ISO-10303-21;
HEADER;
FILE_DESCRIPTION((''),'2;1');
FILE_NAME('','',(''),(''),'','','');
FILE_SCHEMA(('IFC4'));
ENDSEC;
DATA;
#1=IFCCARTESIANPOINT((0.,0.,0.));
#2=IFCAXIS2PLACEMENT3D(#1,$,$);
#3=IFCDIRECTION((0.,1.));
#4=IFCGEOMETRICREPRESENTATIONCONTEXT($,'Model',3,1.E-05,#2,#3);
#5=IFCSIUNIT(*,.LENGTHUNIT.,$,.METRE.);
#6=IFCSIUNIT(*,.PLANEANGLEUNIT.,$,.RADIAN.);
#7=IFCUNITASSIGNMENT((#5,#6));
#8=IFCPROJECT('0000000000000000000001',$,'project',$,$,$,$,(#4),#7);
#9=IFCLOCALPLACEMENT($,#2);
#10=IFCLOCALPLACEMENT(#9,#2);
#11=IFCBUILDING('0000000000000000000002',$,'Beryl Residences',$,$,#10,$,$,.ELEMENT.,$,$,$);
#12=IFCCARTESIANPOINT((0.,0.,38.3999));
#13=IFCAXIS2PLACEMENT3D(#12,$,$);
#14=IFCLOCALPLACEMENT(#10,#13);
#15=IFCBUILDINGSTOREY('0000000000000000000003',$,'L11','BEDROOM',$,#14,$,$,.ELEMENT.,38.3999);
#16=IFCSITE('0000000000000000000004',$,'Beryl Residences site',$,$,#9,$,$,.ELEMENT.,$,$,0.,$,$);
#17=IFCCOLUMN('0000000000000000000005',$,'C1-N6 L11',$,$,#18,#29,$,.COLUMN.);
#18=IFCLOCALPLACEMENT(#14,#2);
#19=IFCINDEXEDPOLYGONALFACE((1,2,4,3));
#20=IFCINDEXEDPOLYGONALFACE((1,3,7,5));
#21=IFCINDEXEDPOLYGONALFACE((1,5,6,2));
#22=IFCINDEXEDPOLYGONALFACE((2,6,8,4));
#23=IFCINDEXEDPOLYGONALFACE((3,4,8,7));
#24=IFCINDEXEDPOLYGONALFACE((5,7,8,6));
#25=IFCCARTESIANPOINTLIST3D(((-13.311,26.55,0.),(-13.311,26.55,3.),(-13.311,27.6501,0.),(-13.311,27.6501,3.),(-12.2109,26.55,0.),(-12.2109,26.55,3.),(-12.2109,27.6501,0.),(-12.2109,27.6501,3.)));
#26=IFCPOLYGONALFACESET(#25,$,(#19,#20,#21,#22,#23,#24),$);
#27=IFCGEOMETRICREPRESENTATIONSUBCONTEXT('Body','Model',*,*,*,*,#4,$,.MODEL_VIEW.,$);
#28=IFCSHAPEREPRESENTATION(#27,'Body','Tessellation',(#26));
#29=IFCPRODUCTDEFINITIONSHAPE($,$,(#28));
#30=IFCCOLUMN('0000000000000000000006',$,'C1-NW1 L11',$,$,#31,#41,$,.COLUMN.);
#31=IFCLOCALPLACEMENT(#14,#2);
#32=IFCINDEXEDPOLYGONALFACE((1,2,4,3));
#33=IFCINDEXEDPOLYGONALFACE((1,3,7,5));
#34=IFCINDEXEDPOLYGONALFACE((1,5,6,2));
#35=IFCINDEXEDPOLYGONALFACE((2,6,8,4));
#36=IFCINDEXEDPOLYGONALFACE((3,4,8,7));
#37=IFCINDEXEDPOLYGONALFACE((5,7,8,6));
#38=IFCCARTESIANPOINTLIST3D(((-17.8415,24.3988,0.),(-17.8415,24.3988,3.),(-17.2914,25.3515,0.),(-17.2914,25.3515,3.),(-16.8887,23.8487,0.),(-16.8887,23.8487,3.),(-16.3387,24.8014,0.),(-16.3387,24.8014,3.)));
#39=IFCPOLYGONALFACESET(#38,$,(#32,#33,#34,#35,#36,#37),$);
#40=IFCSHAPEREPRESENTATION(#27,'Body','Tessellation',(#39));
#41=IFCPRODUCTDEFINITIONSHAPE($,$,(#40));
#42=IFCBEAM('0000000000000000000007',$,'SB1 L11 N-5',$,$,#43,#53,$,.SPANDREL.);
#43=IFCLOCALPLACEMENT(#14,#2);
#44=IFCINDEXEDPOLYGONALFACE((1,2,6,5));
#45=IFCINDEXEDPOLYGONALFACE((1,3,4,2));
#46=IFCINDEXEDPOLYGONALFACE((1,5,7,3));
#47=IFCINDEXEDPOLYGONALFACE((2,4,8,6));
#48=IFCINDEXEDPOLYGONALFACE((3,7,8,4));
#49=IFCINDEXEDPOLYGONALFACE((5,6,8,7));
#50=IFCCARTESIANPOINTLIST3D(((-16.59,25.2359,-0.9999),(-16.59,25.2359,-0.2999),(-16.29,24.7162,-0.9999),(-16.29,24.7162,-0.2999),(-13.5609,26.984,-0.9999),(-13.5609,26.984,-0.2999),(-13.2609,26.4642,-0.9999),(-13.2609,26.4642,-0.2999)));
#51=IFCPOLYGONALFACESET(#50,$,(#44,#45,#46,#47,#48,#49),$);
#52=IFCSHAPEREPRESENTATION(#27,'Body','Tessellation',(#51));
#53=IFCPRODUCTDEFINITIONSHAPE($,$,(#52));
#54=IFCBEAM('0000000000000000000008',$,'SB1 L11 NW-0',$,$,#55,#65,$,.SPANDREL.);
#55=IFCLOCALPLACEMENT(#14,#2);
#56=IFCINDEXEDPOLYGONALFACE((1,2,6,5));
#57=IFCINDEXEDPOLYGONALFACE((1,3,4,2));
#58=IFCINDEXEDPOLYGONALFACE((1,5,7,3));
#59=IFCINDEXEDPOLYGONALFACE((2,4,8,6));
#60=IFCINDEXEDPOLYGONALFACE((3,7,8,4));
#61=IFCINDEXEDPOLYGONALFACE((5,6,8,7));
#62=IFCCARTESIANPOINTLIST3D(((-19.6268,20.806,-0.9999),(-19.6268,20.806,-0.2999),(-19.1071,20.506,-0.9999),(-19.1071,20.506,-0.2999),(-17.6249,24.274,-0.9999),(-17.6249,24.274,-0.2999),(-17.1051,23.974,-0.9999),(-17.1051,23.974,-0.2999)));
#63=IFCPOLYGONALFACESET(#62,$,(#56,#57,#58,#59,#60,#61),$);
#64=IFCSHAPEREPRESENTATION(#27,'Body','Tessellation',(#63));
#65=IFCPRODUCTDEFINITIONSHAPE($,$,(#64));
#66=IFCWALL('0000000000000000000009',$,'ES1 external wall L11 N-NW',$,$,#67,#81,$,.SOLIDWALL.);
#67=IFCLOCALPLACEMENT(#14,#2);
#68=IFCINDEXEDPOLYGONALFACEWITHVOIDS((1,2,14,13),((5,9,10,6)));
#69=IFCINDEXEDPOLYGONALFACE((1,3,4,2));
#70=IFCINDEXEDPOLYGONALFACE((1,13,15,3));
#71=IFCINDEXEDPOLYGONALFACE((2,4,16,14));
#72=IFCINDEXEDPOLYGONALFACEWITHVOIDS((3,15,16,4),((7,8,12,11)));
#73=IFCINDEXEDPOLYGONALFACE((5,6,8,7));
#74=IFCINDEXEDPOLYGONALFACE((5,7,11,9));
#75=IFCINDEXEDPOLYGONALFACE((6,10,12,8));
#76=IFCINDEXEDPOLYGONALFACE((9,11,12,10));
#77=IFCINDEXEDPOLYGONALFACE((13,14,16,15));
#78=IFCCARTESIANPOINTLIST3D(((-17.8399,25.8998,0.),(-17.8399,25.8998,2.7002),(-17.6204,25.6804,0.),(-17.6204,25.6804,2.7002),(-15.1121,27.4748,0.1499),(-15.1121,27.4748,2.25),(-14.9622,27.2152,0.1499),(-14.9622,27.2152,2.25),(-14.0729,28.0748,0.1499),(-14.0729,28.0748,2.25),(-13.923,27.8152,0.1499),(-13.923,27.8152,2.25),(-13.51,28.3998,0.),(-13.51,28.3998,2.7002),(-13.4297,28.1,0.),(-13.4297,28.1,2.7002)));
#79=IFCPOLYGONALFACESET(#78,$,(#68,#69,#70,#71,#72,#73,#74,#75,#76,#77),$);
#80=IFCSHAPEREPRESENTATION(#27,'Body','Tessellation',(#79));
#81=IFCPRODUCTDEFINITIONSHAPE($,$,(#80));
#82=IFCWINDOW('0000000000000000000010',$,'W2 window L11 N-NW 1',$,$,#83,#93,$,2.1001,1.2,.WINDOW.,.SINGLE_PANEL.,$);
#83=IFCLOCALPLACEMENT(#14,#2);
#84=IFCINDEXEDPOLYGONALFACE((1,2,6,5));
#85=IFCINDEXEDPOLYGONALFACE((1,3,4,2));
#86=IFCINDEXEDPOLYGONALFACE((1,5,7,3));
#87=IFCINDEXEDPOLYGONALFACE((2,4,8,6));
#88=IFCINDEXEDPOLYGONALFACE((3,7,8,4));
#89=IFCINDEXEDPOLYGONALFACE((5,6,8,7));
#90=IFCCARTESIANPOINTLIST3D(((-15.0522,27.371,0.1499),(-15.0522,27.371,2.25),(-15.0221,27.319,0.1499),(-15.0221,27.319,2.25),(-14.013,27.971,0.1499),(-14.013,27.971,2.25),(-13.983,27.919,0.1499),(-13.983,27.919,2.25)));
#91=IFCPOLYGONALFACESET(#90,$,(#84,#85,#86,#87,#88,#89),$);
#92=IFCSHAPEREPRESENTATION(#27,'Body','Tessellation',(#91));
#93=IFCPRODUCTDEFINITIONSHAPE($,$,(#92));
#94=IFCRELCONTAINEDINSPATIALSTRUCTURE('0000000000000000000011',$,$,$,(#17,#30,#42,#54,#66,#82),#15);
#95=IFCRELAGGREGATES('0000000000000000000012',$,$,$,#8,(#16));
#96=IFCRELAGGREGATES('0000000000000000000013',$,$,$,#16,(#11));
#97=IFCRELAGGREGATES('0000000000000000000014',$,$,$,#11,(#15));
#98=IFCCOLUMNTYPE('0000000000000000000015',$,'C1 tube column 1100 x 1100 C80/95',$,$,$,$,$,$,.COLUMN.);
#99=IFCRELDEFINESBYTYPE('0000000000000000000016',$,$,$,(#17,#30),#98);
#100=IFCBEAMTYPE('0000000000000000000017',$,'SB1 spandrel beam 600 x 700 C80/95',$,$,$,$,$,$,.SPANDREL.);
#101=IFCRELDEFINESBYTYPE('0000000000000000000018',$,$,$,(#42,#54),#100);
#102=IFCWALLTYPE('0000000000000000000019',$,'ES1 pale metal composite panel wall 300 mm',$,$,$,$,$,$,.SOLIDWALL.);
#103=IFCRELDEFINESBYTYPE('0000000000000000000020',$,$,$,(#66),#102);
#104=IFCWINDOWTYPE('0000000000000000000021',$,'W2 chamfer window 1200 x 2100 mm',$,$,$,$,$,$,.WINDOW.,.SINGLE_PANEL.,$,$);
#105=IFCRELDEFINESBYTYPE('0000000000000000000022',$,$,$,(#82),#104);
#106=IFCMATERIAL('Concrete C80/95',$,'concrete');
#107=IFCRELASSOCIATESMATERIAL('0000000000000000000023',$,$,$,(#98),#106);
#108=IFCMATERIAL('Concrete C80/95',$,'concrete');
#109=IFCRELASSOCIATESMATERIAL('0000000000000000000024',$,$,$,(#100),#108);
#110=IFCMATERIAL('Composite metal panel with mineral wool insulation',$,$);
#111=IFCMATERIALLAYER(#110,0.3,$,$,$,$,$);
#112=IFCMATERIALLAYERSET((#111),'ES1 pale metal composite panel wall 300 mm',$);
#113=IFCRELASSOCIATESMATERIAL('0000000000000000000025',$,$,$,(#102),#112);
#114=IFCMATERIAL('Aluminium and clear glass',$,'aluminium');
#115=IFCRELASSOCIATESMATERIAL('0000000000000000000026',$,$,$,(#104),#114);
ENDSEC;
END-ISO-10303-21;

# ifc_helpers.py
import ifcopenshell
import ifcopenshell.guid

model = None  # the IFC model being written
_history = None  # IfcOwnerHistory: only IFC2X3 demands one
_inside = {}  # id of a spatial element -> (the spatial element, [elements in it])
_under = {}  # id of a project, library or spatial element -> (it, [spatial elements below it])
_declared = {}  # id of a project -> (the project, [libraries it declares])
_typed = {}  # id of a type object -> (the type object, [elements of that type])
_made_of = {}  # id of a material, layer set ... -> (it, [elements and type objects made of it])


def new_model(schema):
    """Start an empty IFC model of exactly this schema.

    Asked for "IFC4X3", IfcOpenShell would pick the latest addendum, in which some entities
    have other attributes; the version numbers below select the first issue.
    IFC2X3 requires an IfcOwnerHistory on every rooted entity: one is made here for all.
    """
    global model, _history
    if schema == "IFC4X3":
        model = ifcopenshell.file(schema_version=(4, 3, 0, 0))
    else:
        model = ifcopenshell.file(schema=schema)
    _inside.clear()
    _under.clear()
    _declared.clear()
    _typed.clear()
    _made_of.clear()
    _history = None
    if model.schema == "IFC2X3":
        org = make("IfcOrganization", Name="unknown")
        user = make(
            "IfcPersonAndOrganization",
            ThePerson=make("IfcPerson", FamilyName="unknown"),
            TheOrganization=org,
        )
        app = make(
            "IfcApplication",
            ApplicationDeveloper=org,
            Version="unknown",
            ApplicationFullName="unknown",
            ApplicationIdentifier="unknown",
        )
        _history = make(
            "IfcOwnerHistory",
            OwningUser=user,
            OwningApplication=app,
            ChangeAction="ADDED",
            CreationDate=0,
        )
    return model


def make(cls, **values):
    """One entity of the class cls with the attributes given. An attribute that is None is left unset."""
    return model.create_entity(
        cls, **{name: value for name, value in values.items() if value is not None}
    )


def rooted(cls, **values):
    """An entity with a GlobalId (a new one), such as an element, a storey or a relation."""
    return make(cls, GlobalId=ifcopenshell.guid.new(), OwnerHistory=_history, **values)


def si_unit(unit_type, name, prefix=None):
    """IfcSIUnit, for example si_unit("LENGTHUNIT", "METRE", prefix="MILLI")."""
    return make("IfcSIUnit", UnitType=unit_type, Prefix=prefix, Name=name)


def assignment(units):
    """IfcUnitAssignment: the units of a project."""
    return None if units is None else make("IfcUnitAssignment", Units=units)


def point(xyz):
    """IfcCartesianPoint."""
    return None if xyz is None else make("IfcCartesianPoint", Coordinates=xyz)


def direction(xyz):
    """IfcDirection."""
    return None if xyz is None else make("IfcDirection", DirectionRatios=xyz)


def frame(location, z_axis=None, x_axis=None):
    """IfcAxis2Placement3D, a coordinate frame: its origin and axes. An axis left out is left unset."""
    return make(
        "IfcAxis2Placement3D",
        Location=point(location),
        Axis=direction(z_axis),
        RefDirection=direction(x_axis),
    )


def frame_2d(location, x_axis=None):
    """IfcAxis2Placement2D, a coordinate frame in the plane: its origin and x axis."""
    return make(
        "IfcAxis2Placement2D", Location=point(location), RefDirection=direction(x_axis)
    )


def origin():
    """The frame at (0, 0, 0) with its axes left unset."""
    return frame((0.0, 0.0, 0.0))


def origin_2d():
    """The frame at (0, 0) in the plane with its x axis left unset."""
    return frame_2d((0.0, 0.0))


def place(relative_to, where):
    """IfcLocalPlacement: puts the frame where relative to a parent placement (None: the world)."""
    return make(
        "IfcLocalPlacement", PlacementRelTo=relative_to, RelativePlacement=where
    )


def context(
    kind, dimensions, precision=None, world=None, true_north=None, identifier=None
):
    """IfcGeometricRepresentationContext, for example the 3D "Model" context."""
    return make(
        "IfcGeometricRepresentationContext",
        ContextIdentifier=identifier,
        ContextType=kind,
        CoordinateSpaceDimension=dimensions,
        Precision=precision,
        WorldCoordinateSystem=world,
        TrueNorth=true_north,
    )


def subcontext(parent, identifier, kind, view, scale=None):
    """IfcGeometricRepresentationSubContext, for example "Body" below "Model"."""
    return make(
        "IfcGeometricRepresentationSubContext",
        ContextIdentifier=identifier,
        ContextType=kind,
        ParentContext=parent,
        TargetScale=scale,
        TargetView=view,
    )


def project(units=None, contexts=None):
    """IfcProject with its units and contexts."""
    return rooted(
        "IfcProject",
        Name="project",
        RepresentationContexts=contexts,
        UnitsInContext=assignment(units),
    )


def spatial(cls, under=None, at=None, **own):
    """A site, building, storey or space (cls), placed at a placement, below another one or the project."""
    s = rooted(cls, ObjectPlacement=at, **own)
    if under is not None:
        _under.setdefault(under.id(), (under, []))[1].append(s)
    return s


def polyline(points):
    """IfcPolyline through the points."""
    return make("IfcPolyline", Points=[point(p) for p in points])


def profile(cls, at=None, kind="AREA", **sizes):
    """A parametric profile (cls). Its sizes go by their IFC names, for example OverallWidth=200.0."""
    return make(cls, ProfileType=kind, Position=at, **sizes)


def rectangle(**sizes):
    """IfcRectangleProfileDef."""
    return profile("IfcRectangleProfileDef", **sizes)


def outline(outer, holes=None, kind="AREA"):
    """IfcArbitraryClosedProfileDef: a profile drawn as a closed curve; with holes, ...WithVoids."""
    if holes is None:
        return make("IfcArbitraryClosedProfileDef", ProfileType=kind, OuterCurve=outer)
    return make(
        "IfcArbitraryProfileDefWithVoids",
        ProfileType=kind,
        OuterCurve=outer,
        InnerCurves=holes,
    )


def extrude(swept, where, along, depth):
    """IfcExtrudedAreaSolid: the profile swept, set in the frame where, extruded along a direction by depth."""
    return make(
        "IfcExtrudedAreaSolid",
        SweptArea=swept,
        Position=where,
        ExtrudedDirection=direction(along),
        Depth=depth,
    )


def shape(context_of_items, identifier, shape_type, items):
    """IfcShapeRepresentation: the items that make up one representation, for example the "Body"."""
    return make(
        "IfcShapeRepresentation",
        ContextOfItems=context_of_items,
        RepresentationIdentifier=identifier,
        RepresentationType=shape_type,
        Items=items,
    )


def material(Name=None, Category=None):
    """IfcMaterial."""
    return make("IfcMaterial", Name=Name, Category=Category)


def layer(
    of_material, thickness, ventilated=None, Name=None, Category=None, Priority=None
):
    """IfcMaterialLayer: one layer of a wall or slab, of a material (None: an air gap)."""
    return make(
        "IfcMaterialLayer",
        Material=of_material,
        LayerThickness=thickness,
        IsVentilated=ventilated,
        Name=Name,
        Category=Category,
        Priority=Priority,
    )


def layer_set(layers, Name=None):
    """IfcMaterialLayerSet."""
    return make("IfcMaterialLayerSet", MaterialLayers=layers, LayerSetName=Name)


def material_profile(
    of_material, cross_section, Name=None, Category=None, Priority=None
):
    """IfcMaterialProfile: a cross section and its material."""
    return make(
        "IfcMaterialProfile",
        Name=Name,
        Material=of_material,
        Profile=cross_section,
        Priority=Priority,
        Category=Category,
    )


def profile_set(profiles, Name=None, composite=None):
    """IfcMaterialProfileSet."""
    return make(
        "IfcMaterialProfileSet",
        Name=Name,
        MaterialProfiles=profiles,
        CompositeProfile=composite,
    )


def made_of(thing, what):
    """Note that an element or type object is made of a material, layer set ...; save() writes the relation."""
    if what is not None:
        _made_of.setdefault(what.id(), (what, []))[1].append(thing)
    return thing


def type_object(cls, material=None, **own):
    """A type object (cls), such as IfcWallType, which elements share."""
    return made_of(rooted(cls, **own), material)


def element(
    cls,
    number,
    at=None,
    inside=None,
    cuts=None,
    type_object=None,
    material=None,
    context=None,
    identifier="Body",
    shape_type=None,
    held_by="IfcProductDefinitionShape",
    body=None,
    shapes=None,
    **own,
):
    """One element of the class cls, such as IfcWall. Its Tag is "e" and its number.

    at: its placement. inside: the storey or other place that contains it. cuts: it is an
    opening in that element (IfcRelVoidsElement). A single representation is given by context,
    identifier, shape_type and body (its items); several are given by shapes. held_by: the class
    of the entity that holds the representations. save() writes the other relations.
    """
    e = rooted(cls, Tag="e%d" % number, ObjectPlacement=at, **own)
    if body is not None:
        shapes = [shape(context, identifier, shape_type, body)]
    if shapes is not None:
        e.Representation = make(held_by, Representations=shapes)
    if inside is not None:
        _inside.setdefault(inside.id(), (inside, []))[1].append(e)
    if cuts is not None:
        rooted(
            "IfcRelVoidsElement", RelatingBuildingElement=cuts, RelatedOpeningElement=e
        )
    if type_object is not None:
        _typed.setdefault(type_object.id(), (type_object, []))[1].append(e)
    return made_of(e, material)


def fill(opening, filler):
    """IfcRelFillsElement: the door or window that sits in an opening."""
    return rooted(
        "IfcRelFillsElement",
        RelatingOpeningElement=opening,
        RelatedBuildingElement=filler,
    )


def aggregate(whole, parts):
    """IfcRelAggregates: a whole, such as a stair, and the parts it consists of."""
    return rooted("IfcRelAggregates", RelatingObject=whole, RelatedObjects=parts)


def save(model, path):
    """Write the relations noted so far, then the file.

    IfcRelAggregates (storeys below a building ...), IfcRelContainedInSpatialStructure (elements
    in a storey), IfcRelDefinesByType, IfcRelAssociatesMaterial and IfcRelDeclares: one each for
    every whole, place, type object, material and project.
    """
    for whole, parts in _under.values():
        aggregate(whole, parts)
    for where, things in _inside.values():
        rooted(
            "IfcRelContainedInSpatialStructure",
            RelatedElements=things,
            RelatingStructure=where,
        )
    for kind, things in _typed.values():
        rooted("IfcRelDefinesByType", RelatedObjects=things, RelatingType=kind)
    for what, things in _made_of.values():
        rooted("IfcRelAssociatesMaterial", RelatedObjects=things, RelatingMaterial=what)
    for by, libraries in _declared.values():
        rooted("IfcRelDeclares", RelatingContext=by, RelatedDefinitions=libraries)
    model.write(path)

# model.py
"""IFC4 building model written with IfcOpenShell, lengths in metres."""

from ifc_helpers import new_model, si_unit, direction, frame, frame_2d, origin, origin_2d, place, context, subcontext, project, spatial, polyline, rectangle, outline, extrude, material, layer, layer_set, material_profile, profile_set, type_object, element, fill, save


model = new_model("IFC4")

# Units and contexts
model_context = context("Model", 3, precision=1e-05, world=origin(), true_north=direction((0.0, 1.0)))
body_context = subcontext(model_context, "Body", "Model", "MODEL_VIEW")
ifc_project = project(units=[si_unit("LENGTHUNIT", "METRE"), si_unit("PLANEANGLEUNIT", "RADIAN")], contexts=[model_context])

# Site, building, storey
site_placement = place(None, origin())
site = spatial("IfcSite", under=ifc_project, at=site_placement, Name="Beryl Residences site", CompositionType="ELEMENT", RefElevation=0.0)
building_placement = place(site_placement, origin())
building = spatial("IfcBuilding", under=site, at=building_placement, Name="Beryl Residences", CompositionType="ELEMENT")
storey_placement = place(building_placement, frame((0.0, 0.0, 38.3999)))
storey = spatial("IfcBuildingStorey", under=building, at=storey_placement, Name="L11", Description="BEDROOM", CompositionType="ELEMENT", Elevation=38.3999)

# Columns
ifc_material_1 = material(Name="Concrete C80/95", Category="concrete")
ifc_material_profile_1 = material_profile(ifc_material_1, rectangle(XDim=1.1001, YDim=1.1001, at=origin_2d()))
ifc_profile_set_1 = profile_set([ifc_material_profile_1], Name="Concrete C80/95")
column_type = type_object("IfcColumnType", Name="C1 tube column 1100 x 1100 C80/95", PredefinedType="COLUMN", material=ifc_profile_set_1)
for number, where, z_axis, x_axis, name in (
    (1, (-12.761, 27.1001, 0.0), (0.0, 0.0, 1.0), (-1.0, 0.0, 0.0), "C1-N6 L11"),
    (2, (-17.0901, 24.6001, 0.0), (0.0, 0.0, 1.0), (-0.499985, -0.866034, 0.0), "C1-NW1 L11"),
):
    element("IfcColumn", number, at=place(storey_placement, frame(where, z_axis=z_axis, x_axis=x_axis)), inside=storey, type_object=column_type, Name=name, PredefinedType="COLUMN", context=body_context, shape_type="SweptSolid", body=[
        extrude(rectangle(XDim=1.1001, YDim=1.1001, at=origin_2d()), origin(), (0.0, 0.0, 1.0), 3.0),
    ])

# Beams
ifc_material_2 = material(Name="Concrete C80/95", Category="concrete")
ifc_material_profile_2 = material_profile(ifc_material_2, rectangle(XDim=0.6001, YDim=0.7, at=origin_2d()))
ifc_profile_set_2 = profile_set([ifc_material_profile_2], Name="Concrete C80/95")
beam_type = type_object("IfcBeamType", Name="SB1 spandrel beam 600 x 700 C80/95", PredefinedType="SPANDREL", material=ifc_profile_set_2)
beam_1_placement = place(storey_placement, frame((-13.4109, 26.7241, -0.6499), z_axis=(-0.866122, -0.499833, 0.0), x_axis=(0.499833, -0.866122, 0.0)))
element("IfcBeam", 3, at=beam_1_placement, inside=storey, type_object=beam_type, Name="SB1 L11 N-5", PredefinedType="SPANDREL", context=body_context, shape_type="SweptSolid", body=[
    extrude(rectangle(XDim=0.6001, YDim=0.7, at=origin_2d()), origin(), (0.0, 0.0, 1.0), 3.4973),
])
beam_2_placement = place(storey_placement, frame((-17.365, 24.124, -0.6499), z_axis=(-0.499942, -0.866059, 0.0), x_axis=(0.866059, -0.499942, 0.0)))
element("IfcBeam", 4, at=beam_2_placement, inside=storey, type_object=beam_type, Name="SB1 L11 NW-0", PredefinedType="SPANDREL", context=body_context, shape_type="SweptSolid", body=[
    extrude(rectangle(XDim=0.6001, YDim=0.7, at=origin_2d()), origin(), (0.0, 0.0, 1.0), 4.0044),
])

# Wall, opening, window
ifc_material_3 = material(Name="Composite metal panel with mineral wool insulation")
ifc_layer_1 = layer(ifc_material_3, 0.3)
ifc_layer_set_1 = layer_set([ifc_layer_1], Name="ES1 pale metal composite panel wall 300 mm")
wall_type_1 = type_object("IfcWallType", Name="ES1 pale metal composite panel wall 300 mm", PredefinedType="SOLIDWALL", material=ifc_layer_set_1)
wall_1_placement = place(storey_placement, frame((-13.4351, 28.27, 0.0), z_axis=(0.0, 0.0, 1.0), x_axis=(-0.866011, -0.500025, 0.0)))
wall_1 = element("IfcWall", 5, at=wall_1_placement, inside=storey, type_object=wall_type_1, Name="ES1 external wall L11 N-NW", PredefinedType="SOLIDWALL", context=body_context, shape_type="SweptSolid", body=[
    extrude(outline(polyline([(0.0, -0.1499), (4.9998, -0.1499), (4.9194, 0.1499), (0.0803, 0.1499), (0.0, -0.1499)])), origin(), (0.0, 0.0, 1.0), 2.7002),
])
opening_1_placement = place(wall_1_placement, frame((0.6499, 0.0, 0.1499)))
opening_1 = element("IfcOpeningElement", 6, at=opening_1_placement, cuts=wall_1, PredefinedType="OPENING", context=body_context, shape_type="SweptSolid", body=[
    extrude(rectangle(XDim=1.2, YDim=2.1001, at=frame_2d((0.6001, 1.05))), frame((0.0, 0.1599, 0.0), z_axis=(0.0, -1.0, 0.0), x_axis=(1.0, 0.0, 0.0)), (0.0, 0.0, 1.0), 0.3201),
])
ifc_material_4 = material(Name="Aluminium and clear glass", Category="aluminium")
window_type_1 = type_object("IfcWindowType", Name="W2 chamfer window 1200 x 2100 mm", PartitioningType="SINGLE_PANEL", PredefinedType="WINDOW", material=ifc_material_4)
window_1_placement = place(opening_1_placement, origin())
window_1 = element("IfcWindow", 7, at=window_1_placement, inside=storey, type_object=window_type_1, Name="W2 window L11 N-NW 1", OverallHeight=2.1001, OverallWidth=1.2, PartitioningType="SINGLE_PANEL", PredefinedType="WINDOW", context=body_context, shape_type="SweptSolid", body=[
    extrude(rectangle(XDim=1.2, YDim=2.1001, at=frame_2d((0.6001, 1.05))), frame((0.0, 0.03, 0.0), z_axis=(0.0, -1.0, 0.0), x_axis=(1.0, 0.0, 0.0)), (0.0, 0.0, 1.0), 0.0601),
])
fill(opening_1, window_1)

save(model, "model.ifc")
